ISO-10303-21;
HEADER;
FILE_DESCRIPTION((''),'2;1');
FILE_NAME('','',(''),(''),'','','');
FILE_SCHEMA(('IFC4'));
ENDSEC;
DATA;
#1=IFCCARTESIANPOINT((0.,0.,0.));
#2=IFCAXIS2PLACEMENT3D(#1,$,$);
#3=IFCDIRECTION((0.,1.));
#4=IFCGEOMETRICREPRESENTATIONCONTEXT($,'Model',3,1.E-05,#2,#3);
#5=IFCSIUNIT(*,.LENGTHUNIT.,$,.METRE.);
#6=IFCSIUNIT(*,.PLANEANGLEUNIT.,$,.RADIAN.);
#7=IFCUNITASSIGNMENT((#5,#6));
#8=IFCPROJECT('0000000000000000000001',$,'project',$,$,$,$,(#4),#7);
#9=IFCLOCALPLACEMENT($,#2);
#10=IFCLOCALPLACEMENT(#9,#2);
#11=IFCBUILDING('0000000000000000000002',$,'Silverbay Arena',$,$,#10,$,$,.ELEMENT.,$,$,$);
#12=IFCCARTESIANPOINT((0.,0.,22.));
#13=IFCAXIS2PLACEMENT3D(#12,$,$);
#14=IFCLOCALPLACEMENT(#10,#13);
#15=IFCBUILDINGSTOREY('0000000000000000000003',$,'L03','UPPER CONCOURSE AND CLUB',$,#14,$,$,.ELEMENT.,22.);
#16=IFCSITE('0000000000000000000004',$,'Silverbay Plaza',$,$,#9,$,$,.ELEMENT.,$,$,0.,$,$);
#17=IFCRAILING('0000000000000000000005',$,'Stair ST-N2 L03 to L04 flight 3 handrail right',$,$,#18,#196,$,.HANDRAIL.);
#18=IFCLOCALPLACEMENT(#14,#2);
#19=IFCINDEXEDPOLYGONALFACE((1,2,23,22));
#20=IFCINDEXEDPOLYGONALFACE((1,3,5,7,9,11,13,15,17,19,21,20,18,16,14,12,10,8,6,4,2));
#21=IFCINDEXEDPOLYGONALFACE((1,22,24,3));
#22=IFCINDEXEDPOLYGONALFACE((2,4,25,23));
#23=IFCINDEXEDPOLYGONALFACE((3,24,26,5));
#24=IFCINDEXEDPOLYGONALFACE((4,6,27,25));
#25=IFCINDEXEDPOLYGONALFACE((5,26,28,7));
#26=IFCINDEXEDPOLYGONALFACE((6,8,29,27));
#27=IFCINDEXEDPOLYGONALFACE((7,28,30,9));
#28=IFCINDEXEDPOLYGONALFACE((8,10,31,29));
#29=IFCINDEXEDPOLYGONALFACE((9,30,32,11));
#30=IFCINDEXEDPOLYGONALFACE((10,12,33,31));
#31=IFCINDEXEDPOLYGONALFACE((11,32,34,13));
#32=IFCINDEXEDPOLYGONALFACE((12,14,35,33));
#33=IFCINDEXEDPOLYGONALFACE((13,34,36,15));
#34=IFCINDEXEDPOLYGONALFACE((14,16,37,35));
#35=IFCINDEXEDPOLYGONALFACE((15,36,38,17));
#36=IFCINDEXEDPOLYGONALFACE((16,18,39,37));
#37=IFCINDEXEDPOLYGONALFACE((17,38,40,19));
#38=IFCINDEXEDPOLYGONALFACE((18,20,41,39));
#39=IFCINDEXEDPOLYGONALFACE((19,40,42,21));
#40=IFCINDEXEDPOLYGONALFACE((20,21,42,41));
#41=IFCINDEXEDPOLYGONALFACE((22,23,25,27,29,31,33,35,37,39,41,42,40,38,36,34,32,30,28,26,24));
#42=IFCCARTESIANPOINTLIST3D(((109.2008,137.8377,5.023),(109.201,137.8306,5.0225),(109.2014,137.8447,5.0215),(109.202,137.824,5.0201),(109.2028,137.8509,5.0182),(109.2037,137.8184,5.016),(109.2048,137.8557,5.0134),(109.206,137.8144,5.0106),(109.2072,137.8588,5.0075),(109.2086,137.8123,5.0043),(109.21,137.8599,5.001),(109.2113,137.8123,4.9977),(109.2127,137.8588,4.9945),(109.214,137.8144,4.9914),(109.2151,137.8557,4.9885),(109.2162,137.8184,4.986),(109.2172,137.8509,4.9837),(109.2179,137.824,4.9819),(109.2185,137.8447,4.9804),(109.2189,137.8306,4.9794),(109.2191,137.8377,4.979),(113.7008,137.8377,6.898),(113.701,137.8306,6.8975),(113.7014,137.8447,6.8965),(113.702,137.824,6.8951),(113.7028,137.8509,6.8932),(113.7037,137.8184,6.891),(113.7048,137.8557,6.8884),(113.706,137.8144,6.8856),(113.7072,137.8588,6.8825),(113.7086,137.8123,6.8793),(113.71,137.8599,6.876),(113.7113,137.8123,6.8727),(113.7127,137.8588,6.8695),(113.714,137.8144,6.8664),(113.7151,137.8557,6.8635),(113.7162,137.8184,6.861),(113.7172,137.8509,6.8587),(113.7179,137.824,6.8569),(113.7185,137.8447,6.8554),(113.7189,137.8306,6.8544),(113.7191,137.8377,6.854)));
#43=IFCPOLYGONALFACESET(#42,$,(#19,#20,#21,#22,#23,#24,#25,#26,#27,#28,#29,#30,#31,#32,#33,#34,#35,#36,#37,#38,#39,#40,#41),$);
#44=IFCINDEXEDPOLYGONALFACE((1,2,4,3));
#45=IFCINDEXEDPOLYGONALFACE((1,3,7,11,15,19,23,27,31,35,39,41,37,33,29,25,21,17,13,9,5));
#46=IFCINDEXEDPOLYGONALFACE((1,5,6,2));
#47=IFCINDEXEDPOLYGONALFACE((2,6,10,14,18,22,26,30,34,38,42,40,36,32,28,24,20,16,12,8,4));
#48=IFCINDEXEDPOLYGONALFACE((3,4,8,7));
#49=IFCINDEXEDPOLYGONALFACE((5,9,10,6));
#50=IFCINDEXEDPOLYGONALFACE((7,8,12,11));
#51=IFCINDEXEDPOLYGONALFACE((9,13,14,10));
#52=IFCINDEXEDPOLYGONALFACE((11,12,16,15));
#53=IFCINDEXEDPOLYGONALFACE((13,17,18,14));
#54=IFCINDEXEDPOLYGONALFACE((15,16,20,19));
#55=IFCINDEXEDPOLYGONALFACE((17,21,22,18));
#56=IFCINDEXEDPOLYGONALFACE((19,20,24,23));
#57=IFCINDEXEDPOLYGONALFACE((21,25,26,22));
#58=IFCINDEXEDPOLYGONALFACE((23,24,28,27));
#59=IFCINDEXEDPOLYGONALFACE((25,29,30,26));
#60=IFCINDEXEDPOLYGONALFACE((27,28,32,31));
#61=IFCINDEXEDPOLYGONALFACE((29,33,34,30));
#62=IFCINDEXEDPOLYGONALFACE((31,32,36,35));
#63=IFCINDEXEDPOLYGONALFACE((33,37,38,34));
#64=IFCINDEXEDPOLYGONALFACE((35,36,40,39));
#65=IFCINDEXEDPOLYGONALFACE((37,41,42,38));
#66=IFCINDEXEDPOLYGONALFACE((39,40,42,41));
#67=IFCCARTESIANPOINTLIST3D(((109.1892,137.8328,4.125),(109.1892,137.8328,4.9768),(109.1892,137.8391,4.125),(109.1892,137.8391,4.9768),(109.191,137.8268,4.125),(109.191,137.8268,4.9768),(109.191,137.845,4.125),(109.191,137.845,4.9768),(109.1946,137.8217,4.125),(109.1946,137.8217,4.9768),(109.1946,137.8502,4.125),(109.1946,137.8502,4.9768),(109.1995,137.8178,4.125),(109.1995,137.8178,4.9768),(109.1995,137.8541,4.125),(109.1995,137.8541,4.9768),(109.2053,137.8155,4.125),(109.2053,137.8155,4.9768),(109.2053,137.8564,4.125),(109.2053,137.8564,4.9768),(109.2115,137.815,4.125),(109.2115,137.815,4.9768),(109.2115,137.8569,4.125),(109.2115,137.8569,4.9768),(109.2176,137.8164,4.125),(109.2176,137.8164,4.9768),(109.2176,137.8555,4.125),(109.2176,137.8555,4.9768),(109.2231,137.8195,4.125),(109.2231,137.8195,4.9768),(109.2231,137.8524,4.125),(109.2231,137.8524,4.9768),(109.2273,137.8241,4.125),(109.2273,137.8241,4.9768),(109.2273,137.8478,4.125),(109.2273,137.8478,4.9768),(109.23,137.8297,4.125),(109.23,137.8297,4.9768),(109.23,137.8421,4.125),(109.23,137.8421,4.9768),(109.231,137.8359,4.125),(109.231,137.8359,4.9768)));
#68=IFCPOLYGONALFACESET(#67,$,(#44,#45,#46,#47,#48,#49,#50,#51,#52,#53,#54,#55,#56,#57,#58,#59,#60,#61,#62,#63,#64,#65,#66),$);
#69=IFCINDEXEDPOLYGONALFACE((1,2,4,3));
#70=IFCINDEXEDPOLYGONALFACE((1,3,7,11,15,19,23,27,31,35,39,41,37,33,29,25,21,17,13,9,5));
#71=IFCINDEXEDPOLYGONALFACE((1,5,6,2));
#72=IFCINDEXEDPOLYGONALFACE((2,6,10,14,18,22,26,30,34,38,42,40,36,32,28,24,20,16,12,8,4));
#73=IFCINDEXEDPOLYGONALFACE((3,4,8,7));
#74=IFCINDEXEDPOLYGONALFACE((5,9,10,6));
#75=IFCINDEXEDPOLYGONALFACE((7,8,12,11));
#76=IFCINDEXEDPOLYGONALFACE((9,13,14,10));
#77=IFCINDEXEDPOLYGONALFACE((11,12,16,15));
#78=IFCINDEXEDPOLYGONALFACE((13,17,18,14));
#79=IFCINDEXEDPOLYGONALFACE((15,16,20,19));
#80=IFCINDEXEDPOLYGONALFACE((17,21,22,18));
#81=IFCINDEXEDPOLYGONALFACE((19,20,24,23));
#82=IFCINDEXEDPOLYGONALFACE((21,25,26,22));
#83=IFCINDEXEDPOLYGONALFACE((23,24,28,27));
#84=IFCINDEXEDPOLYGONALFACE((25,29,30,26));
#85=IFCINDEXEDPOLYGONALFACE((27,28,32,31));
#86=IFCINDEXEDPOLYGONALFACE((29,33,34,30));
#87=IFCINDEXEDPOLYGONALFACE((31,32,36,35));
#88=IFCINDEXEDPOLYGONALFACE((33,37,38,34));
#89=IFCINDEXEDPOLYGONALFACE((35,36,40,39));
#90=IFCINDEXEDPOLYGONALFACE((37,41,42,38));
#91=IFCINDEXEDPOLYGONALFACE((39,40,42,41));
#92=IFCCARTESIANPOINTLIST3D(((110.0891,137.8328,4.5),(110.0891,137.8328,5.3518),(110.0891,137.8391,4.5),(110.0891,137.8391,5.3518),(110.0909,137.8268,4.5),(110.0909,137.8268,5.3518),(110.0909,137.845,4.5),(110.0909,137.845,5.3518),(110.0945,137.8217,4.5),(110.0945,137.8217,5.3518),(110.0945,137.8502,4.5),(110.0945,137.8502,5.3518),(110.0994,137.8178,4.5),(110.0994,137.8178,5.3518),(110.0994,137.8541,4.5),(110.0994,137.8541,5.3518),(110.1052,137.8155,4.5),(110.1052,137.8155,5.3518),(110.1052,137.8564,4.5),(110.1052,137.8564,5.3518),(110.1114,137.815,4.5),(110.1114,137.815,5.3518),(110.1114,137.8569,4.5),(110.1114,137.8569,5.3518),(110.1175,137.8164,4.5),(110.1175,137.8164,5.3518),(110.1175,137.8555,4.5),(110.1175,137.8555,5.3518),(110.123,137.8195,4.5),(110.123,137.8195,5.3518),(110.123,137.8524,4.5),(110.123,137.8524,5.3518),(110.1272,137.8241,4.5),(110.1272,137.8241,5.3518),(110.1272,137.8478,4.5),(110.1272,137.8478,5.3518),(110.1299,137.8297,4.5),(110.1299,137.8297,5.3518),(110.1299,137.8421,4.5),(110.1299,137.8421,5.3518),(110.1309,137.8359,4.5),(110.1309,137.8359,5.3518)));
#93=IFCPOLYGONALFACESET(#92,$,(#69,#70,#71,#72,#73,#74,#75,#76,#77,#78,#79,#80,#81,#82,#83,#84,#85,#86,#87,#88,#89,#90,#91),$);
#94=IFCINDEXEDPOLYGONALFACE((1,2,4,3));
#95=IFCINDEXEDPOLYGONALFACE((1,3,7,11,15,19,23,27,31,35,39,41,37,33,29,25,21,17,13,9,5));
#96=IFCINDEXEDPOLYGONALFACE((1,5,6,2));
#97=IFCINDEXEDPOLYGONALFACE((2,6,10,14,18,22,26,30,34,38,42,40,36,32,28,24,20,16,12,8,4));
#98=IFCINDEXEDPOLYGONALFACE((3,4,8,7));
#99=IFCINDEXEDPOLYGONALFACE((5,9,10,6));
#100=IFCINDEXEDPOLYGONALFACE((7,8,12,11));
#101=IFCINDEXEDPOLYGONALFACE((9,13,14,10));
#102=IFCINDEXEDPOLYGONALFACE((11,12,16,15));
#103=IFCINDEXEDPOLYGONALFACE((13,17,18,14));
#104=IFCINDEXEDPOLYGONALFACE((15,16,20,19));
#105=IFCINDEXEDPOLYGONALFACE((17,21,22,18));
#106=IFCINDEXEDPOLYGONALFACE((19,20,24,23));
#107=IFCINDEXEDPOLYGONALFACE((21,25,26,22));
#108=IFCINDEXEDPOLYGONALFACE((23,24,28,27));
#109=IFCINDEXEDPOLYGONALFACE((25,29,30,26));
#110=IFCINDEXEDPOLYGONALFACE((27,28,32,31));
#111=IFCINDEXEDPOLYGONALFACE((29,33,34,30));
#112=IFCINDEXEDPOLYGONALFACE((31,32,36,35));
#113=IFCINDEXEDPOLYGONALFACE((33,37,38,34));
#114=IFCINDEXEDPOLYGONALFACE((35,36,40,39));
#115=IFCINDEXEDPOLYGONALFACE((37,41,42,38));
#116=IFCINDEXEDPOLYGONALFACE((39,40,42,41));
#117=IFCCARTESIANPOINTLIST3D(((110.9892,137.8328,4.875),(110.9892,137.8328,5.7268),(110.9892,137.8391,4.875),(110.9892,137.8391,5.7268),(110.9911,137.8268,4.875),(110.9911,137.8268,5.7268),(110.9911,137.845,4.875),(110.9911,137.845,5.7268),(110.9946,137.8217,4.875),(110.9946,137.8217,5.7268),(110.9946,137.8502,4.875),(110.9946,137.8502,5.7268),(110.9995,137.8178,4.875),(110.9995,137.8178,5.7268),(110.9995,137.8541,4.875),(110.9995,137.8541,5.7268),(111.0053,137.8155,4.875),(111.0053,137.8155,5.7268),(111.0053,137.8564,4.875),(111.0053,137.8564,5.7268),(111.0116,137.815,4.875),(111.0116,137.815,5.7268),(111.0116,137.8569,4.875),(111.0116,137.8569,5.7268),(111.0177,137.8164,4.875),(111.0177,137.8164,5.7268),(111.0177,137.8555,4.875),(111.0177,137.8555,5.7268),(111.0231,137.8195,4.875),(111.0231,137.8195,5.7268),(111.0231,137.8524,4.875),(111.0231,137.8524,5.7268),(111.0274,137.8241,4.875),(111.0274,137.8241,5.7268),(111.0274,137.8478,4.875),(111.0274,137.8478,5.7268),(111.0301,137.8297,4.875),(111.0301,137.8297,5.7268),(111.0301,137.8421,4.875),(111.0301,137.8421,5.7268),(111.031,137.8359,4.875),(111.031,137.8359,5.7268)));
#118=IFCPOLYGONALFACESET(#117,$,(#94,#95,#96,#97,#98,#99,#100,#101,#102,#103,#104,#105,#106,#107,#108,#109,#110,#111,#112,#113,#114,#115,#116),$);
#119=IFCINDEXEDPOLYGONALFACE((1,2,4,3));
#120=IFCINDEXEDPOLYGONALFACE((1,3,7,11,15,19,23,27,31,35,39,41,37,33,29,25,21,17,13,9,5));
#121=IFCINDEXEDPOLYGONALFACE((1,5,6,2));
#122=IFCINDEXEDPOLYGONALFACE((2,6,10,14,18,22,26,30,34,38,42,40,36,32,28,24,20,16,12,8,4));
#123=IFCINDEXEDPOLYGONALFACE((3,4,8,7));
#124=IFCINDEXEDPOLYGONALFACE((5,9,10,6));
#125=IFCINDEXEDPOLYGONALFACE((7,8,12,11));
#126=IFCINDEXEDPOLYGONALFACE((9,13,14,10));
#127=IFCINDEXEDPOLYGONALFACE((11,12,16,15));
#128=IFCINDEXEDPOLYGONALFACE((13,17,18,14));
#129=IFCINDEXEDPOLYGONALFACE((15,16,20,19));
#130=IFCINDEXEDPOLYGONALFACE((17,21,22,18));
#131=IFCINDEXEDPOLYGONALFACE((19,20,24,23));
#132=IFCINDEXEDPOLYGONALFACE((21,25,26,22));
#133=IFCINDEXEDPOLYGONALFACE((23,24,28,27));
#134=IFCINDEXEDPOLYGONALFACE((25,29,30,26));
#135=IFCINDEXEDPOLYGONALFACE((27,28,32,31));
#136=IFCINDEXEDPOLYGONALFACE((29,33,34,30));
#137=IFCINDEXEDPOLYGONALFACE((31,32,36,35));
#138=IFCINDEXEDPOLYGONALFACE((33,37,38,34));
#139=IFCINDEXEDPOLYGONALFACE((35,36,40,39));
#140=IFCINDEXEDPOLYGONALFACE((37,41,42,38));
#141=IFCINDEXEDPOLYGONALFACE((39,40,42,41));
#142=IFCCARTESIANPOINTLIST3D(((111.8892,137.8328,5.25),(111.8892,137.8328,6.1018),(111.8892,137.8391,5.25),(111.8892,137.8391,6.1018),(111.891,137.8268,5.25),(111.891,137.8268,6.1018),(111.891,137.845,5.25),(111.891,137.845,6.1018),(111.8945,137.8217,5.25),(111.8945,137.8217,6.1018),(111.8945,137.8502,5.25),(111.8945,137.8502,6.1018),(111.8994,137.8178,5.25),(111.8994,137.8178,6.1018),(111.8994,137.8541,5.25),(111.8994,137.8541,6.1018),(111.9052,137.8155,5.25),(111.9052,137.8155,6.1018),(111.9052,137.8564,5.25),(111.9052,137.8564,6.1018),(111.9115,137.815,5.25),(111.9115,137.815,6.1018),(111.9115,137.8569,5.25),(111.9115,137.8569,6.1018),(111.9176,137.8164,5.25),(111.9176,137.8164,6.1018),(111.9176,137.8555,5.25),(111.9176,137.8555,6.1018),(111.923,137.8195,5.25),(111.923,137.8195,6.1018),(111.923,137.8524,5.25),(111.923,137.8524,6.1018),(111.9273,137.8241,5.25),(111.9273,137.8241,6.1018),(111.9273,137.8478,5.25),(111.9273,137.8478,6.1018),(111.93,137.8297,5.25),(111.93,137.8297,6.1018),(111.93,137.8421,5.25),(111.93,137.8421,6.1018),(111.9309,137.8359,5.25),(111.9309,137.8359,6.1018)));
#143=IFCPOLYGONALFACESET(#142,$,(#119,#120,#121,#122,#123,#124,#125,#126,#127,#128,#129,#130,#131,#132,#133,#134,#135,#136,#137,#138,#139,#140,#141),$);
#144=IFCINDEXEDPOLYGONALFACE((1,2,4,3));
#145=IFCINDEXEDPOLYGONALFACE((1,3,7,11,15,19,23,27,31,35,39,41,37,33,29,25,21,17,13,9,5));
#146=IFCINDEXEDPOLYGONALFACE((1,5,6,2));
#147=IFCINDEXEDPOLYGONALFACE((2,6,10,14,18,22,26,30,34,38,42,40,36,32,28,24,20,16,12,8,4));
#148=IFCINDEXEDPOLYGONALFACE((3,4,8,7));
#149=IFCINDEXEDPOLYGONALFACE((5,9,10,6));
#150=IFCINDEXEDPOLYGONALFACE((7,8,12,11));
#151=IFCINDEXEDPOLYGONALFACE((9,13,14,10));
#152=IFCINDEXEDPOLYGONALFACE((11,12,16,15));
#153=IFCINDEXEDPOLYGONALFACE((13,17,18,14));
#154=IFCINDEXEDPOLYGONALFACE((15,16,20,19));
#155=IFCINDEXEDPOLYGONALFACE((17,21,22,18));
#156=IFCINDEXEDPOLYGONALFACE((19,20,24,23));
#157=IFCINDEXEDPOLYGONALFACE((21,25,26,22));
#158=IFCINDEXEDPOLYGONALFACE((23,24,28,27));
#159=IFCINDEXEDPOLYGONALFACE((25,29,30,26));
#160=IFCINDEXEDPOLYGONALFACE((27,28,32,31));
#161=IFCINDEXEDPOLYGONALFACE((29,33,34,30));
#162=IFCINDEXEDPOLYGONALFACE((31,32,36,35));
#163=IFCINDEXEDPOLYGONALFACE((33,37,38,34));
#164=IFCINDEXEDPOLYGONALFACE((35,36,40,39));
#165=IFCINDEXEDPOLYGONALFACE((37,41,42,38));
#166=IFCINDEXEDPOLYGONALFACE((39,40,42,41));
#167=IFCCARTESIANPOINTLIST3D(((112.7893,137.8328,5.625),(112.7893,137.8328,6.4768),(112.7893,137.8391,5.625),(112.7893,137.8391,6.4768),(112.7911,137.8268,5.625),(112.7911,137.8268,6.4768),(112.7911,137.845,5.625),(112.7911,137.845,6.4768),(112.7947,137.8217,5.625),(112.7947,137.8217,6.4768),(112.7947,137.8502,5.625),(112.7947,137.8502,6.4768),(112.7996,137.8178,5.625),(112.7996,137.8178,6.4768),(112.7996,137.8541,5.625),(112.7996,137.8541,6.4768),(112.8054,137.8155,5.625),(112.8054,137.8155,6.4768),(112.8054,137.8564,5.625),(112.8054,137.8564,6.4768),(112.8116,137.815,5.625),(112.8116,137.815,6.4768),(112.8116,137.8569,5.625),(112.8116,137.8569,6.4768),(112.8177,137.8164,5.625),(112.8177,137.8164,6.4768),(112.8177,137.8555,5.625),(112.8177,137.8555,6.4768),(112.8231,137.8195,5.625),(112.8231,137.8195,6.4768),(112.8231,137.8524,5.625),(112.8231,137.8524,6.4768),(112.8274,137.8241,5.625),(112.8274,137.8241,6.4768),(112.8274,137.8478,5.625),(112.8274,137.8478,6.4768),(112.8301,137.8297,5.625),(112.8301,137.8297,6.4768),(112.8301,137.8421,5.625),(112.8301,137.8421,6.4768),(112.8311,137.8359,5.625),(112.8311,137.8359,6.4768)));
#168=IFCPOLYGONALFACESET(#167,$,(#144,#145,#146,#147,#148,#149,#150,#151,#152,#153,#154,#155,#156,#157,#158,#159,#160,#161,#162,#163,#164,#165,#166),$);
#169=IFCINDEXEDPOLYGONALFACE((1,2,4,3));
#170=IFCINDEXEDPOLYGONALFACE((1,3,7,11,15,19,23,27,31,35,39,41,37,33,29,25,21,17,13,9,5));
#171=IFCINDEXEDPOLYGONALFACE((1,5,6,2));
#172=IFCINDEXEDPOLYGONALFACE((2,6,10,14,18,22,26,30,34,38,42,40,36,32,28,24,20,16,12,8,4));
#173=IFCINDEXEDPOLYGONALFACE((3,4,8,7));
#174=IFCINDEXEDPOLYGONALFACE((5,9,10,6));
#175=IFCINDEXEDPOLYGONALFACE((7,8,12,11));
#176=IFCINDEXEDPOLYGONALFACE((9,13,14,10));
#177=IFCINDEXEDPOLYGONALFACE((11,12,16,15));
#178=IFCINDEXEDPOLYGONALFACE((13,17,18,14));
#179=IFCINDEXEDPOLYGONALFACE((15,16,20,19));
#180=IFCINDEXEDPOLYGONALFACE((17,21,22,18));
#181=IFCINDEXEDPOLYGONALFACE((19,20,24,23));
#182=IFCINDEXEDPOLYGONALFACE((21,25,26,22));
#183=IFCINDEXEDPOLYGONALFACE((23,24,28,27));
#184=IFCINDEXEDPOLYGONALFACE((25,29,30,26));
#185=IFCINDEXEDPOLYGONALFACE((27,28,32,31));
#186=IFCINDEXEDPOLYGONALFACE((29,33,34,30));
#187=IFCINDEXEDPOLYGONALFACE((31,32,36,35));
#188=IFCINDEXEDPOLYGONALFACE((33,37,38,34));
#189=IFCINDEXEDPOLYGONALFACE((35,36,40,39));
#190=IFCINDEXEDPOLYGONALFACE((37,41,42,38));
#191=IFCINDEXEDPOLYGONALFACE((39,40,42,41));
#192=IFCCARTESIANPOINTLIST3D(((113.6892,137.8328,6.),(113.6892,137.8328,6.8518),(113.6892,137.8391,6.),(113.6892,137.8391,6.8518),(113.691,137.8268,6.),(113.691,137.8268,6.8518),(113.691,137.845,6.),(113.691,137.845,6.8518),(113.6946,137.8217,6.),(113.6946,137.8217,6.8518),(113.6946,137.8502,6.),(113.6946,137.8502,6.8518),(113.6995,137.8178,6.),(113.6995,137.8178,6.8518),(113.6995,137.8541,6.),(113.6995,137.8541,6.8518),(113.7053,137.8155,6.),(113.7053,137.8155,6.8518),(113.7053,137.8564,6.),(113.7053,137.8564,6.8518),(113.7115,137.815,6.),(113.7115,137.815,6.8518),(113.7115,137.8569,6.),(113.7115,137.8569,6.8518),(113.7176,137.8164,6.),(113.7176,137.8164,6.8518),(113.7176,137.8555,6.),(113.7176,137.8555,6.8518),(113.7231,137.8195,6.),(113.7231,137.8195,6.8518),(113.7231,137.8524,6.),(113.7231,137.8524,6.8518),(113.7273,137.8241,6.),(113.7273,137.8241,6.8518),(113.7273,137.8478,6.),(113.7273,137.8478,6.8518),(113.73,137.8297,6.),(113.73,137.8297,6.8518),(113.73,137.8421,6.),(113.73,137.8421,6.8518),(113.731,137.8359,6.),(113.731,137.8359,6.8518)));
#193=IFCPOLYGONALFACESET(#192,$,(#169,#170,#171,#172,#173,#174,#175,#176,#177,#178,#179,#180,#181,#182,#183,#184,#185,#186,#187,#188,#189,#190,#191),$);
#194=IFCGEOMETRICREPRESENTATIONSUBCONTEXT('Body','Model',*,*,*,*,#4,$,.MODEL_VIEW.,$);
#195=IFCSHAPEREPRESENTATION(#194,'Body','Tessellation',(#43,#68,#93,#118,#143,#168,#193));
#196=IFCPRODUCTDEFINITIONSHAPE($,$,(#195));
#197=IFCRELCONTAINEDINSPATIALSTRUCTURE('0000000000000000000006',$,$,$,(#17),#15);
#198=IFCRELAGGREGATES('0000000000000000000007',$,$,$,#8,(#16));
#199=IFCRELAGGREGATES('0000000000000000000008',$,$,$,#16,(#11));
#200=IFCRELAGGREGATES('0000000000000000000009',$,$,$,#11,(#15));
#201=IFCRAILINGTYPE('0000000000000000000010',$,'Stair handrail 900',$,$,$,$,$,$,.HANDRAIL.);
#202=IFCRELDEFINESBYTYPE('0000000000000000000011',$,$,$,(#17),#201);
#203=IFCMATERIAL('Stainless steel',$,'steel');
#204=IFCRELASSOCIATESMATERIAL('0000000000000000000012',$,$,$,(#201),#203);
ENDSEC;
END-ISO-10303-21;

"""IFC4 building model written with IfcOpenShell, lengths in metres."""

from ifc_helpers import new_model, si_unit, direction, frame, origin, origin_2d, place, context, subcontext, project, spatial, circle, extrude, material, type_object, element, save


model = new_model("IFC4")

# Units and contexts
model_context = context("Model", 3, precision=1e-05, world=origin(), true_north=direction((0.0, 1.0)))
body_context = subcontext(model_context, "Body", "Model", "MODEL_VIEW")
ifc_project = project(units=[si_unit("LENGTHUNIT", "METRE"), si_unit("PLANEANGLEUNIT", "RADIAN")], contexts=[model_context])

# Site, building, storey
site_placement = place(None, origin())
site = spatial("IfcSite", under=ifc_project, at=site_placement, Name="Silverbay Plaza", CompositionType="ELEMENT", RefElevation=0.0)
building_placement = place(site_placement, origin())
building = spatial("IfcBuilding", under=site, at=building_placement, Name="Silverbay Arena", CompositionType="ELEMENT")
storey_placement = place(building_placement, frame((0.0, 0.0, 22.0)))
storey = spatial("IfcBuildingStorey", under=building, at=storey_placement, Name="L03", Description="UPPER CONCOURSE AND CLUB", CompositionType="ELEMENT", Elevation=22.0)

# Railing
ifc_material_1 = material(Name="Stainless steel", Category="steel")
railing_type_1 = type_object("IfcRailingType", Name="Stair handrail 900", PredefinedType="HANDRAIL", material=ifc_material_1)
railing_1_placement = place(storey_placement, frame((109.21, 137.8359, 4.125)))
element("IfcRailing", 1, at=railing_1_placement, inside=storey, type_object=railing_type_1, Name="Stair ST-N2 L03 to L04 flight 3 handrail right", PredefinedType="HANDRAIL", context=body_context, shape_type="SweptSolid", body=[
    extrude(circle(Radius=0.0239, at=origin_2d()), frame((0.0, 0.0, 0.876), z_axis=(0.923077, 0.0, 0.384615), x_axis=(0.0, 1.0, 0.0)), (0.0, 0.0, 1.0), 4.875),
    extrude(circle(Radius=0.021, at=origin_2d()), origin(), (0.0, 0.0, 1.0), 0.8518),
    extrude(circle(Radius=0.021, at=origin_2d()), frame((0.8999, 0.0, 0.375)), (0.0, 0.0, 1.0), 0.8518),
    extrude(circle(Radius=0.021, at=origin_2d()), frame((1.8, 0.0, 0.75)), (0.0, 0.0, 1.0), 0.8518),
    extrude(circle(Radius=0.021, at=origin_2d()), frame((2.7, 0.0, 1.125)), (0.0, 0.0, 1.0), 0.8518),
    extrude(circle(Radius=0.021, at=origin_2d()), frame((3.6001, 0.0, 1.5)), (0.0, 0.0, 1.0), 0.8518),
    extrude(circle(Radius=0.021, at=origin_2d()), frame((4.5, 0.0, 1.875)), (0.0, 0.0, 1.0), 0.8518),
])

save(model, "model.ifc")
